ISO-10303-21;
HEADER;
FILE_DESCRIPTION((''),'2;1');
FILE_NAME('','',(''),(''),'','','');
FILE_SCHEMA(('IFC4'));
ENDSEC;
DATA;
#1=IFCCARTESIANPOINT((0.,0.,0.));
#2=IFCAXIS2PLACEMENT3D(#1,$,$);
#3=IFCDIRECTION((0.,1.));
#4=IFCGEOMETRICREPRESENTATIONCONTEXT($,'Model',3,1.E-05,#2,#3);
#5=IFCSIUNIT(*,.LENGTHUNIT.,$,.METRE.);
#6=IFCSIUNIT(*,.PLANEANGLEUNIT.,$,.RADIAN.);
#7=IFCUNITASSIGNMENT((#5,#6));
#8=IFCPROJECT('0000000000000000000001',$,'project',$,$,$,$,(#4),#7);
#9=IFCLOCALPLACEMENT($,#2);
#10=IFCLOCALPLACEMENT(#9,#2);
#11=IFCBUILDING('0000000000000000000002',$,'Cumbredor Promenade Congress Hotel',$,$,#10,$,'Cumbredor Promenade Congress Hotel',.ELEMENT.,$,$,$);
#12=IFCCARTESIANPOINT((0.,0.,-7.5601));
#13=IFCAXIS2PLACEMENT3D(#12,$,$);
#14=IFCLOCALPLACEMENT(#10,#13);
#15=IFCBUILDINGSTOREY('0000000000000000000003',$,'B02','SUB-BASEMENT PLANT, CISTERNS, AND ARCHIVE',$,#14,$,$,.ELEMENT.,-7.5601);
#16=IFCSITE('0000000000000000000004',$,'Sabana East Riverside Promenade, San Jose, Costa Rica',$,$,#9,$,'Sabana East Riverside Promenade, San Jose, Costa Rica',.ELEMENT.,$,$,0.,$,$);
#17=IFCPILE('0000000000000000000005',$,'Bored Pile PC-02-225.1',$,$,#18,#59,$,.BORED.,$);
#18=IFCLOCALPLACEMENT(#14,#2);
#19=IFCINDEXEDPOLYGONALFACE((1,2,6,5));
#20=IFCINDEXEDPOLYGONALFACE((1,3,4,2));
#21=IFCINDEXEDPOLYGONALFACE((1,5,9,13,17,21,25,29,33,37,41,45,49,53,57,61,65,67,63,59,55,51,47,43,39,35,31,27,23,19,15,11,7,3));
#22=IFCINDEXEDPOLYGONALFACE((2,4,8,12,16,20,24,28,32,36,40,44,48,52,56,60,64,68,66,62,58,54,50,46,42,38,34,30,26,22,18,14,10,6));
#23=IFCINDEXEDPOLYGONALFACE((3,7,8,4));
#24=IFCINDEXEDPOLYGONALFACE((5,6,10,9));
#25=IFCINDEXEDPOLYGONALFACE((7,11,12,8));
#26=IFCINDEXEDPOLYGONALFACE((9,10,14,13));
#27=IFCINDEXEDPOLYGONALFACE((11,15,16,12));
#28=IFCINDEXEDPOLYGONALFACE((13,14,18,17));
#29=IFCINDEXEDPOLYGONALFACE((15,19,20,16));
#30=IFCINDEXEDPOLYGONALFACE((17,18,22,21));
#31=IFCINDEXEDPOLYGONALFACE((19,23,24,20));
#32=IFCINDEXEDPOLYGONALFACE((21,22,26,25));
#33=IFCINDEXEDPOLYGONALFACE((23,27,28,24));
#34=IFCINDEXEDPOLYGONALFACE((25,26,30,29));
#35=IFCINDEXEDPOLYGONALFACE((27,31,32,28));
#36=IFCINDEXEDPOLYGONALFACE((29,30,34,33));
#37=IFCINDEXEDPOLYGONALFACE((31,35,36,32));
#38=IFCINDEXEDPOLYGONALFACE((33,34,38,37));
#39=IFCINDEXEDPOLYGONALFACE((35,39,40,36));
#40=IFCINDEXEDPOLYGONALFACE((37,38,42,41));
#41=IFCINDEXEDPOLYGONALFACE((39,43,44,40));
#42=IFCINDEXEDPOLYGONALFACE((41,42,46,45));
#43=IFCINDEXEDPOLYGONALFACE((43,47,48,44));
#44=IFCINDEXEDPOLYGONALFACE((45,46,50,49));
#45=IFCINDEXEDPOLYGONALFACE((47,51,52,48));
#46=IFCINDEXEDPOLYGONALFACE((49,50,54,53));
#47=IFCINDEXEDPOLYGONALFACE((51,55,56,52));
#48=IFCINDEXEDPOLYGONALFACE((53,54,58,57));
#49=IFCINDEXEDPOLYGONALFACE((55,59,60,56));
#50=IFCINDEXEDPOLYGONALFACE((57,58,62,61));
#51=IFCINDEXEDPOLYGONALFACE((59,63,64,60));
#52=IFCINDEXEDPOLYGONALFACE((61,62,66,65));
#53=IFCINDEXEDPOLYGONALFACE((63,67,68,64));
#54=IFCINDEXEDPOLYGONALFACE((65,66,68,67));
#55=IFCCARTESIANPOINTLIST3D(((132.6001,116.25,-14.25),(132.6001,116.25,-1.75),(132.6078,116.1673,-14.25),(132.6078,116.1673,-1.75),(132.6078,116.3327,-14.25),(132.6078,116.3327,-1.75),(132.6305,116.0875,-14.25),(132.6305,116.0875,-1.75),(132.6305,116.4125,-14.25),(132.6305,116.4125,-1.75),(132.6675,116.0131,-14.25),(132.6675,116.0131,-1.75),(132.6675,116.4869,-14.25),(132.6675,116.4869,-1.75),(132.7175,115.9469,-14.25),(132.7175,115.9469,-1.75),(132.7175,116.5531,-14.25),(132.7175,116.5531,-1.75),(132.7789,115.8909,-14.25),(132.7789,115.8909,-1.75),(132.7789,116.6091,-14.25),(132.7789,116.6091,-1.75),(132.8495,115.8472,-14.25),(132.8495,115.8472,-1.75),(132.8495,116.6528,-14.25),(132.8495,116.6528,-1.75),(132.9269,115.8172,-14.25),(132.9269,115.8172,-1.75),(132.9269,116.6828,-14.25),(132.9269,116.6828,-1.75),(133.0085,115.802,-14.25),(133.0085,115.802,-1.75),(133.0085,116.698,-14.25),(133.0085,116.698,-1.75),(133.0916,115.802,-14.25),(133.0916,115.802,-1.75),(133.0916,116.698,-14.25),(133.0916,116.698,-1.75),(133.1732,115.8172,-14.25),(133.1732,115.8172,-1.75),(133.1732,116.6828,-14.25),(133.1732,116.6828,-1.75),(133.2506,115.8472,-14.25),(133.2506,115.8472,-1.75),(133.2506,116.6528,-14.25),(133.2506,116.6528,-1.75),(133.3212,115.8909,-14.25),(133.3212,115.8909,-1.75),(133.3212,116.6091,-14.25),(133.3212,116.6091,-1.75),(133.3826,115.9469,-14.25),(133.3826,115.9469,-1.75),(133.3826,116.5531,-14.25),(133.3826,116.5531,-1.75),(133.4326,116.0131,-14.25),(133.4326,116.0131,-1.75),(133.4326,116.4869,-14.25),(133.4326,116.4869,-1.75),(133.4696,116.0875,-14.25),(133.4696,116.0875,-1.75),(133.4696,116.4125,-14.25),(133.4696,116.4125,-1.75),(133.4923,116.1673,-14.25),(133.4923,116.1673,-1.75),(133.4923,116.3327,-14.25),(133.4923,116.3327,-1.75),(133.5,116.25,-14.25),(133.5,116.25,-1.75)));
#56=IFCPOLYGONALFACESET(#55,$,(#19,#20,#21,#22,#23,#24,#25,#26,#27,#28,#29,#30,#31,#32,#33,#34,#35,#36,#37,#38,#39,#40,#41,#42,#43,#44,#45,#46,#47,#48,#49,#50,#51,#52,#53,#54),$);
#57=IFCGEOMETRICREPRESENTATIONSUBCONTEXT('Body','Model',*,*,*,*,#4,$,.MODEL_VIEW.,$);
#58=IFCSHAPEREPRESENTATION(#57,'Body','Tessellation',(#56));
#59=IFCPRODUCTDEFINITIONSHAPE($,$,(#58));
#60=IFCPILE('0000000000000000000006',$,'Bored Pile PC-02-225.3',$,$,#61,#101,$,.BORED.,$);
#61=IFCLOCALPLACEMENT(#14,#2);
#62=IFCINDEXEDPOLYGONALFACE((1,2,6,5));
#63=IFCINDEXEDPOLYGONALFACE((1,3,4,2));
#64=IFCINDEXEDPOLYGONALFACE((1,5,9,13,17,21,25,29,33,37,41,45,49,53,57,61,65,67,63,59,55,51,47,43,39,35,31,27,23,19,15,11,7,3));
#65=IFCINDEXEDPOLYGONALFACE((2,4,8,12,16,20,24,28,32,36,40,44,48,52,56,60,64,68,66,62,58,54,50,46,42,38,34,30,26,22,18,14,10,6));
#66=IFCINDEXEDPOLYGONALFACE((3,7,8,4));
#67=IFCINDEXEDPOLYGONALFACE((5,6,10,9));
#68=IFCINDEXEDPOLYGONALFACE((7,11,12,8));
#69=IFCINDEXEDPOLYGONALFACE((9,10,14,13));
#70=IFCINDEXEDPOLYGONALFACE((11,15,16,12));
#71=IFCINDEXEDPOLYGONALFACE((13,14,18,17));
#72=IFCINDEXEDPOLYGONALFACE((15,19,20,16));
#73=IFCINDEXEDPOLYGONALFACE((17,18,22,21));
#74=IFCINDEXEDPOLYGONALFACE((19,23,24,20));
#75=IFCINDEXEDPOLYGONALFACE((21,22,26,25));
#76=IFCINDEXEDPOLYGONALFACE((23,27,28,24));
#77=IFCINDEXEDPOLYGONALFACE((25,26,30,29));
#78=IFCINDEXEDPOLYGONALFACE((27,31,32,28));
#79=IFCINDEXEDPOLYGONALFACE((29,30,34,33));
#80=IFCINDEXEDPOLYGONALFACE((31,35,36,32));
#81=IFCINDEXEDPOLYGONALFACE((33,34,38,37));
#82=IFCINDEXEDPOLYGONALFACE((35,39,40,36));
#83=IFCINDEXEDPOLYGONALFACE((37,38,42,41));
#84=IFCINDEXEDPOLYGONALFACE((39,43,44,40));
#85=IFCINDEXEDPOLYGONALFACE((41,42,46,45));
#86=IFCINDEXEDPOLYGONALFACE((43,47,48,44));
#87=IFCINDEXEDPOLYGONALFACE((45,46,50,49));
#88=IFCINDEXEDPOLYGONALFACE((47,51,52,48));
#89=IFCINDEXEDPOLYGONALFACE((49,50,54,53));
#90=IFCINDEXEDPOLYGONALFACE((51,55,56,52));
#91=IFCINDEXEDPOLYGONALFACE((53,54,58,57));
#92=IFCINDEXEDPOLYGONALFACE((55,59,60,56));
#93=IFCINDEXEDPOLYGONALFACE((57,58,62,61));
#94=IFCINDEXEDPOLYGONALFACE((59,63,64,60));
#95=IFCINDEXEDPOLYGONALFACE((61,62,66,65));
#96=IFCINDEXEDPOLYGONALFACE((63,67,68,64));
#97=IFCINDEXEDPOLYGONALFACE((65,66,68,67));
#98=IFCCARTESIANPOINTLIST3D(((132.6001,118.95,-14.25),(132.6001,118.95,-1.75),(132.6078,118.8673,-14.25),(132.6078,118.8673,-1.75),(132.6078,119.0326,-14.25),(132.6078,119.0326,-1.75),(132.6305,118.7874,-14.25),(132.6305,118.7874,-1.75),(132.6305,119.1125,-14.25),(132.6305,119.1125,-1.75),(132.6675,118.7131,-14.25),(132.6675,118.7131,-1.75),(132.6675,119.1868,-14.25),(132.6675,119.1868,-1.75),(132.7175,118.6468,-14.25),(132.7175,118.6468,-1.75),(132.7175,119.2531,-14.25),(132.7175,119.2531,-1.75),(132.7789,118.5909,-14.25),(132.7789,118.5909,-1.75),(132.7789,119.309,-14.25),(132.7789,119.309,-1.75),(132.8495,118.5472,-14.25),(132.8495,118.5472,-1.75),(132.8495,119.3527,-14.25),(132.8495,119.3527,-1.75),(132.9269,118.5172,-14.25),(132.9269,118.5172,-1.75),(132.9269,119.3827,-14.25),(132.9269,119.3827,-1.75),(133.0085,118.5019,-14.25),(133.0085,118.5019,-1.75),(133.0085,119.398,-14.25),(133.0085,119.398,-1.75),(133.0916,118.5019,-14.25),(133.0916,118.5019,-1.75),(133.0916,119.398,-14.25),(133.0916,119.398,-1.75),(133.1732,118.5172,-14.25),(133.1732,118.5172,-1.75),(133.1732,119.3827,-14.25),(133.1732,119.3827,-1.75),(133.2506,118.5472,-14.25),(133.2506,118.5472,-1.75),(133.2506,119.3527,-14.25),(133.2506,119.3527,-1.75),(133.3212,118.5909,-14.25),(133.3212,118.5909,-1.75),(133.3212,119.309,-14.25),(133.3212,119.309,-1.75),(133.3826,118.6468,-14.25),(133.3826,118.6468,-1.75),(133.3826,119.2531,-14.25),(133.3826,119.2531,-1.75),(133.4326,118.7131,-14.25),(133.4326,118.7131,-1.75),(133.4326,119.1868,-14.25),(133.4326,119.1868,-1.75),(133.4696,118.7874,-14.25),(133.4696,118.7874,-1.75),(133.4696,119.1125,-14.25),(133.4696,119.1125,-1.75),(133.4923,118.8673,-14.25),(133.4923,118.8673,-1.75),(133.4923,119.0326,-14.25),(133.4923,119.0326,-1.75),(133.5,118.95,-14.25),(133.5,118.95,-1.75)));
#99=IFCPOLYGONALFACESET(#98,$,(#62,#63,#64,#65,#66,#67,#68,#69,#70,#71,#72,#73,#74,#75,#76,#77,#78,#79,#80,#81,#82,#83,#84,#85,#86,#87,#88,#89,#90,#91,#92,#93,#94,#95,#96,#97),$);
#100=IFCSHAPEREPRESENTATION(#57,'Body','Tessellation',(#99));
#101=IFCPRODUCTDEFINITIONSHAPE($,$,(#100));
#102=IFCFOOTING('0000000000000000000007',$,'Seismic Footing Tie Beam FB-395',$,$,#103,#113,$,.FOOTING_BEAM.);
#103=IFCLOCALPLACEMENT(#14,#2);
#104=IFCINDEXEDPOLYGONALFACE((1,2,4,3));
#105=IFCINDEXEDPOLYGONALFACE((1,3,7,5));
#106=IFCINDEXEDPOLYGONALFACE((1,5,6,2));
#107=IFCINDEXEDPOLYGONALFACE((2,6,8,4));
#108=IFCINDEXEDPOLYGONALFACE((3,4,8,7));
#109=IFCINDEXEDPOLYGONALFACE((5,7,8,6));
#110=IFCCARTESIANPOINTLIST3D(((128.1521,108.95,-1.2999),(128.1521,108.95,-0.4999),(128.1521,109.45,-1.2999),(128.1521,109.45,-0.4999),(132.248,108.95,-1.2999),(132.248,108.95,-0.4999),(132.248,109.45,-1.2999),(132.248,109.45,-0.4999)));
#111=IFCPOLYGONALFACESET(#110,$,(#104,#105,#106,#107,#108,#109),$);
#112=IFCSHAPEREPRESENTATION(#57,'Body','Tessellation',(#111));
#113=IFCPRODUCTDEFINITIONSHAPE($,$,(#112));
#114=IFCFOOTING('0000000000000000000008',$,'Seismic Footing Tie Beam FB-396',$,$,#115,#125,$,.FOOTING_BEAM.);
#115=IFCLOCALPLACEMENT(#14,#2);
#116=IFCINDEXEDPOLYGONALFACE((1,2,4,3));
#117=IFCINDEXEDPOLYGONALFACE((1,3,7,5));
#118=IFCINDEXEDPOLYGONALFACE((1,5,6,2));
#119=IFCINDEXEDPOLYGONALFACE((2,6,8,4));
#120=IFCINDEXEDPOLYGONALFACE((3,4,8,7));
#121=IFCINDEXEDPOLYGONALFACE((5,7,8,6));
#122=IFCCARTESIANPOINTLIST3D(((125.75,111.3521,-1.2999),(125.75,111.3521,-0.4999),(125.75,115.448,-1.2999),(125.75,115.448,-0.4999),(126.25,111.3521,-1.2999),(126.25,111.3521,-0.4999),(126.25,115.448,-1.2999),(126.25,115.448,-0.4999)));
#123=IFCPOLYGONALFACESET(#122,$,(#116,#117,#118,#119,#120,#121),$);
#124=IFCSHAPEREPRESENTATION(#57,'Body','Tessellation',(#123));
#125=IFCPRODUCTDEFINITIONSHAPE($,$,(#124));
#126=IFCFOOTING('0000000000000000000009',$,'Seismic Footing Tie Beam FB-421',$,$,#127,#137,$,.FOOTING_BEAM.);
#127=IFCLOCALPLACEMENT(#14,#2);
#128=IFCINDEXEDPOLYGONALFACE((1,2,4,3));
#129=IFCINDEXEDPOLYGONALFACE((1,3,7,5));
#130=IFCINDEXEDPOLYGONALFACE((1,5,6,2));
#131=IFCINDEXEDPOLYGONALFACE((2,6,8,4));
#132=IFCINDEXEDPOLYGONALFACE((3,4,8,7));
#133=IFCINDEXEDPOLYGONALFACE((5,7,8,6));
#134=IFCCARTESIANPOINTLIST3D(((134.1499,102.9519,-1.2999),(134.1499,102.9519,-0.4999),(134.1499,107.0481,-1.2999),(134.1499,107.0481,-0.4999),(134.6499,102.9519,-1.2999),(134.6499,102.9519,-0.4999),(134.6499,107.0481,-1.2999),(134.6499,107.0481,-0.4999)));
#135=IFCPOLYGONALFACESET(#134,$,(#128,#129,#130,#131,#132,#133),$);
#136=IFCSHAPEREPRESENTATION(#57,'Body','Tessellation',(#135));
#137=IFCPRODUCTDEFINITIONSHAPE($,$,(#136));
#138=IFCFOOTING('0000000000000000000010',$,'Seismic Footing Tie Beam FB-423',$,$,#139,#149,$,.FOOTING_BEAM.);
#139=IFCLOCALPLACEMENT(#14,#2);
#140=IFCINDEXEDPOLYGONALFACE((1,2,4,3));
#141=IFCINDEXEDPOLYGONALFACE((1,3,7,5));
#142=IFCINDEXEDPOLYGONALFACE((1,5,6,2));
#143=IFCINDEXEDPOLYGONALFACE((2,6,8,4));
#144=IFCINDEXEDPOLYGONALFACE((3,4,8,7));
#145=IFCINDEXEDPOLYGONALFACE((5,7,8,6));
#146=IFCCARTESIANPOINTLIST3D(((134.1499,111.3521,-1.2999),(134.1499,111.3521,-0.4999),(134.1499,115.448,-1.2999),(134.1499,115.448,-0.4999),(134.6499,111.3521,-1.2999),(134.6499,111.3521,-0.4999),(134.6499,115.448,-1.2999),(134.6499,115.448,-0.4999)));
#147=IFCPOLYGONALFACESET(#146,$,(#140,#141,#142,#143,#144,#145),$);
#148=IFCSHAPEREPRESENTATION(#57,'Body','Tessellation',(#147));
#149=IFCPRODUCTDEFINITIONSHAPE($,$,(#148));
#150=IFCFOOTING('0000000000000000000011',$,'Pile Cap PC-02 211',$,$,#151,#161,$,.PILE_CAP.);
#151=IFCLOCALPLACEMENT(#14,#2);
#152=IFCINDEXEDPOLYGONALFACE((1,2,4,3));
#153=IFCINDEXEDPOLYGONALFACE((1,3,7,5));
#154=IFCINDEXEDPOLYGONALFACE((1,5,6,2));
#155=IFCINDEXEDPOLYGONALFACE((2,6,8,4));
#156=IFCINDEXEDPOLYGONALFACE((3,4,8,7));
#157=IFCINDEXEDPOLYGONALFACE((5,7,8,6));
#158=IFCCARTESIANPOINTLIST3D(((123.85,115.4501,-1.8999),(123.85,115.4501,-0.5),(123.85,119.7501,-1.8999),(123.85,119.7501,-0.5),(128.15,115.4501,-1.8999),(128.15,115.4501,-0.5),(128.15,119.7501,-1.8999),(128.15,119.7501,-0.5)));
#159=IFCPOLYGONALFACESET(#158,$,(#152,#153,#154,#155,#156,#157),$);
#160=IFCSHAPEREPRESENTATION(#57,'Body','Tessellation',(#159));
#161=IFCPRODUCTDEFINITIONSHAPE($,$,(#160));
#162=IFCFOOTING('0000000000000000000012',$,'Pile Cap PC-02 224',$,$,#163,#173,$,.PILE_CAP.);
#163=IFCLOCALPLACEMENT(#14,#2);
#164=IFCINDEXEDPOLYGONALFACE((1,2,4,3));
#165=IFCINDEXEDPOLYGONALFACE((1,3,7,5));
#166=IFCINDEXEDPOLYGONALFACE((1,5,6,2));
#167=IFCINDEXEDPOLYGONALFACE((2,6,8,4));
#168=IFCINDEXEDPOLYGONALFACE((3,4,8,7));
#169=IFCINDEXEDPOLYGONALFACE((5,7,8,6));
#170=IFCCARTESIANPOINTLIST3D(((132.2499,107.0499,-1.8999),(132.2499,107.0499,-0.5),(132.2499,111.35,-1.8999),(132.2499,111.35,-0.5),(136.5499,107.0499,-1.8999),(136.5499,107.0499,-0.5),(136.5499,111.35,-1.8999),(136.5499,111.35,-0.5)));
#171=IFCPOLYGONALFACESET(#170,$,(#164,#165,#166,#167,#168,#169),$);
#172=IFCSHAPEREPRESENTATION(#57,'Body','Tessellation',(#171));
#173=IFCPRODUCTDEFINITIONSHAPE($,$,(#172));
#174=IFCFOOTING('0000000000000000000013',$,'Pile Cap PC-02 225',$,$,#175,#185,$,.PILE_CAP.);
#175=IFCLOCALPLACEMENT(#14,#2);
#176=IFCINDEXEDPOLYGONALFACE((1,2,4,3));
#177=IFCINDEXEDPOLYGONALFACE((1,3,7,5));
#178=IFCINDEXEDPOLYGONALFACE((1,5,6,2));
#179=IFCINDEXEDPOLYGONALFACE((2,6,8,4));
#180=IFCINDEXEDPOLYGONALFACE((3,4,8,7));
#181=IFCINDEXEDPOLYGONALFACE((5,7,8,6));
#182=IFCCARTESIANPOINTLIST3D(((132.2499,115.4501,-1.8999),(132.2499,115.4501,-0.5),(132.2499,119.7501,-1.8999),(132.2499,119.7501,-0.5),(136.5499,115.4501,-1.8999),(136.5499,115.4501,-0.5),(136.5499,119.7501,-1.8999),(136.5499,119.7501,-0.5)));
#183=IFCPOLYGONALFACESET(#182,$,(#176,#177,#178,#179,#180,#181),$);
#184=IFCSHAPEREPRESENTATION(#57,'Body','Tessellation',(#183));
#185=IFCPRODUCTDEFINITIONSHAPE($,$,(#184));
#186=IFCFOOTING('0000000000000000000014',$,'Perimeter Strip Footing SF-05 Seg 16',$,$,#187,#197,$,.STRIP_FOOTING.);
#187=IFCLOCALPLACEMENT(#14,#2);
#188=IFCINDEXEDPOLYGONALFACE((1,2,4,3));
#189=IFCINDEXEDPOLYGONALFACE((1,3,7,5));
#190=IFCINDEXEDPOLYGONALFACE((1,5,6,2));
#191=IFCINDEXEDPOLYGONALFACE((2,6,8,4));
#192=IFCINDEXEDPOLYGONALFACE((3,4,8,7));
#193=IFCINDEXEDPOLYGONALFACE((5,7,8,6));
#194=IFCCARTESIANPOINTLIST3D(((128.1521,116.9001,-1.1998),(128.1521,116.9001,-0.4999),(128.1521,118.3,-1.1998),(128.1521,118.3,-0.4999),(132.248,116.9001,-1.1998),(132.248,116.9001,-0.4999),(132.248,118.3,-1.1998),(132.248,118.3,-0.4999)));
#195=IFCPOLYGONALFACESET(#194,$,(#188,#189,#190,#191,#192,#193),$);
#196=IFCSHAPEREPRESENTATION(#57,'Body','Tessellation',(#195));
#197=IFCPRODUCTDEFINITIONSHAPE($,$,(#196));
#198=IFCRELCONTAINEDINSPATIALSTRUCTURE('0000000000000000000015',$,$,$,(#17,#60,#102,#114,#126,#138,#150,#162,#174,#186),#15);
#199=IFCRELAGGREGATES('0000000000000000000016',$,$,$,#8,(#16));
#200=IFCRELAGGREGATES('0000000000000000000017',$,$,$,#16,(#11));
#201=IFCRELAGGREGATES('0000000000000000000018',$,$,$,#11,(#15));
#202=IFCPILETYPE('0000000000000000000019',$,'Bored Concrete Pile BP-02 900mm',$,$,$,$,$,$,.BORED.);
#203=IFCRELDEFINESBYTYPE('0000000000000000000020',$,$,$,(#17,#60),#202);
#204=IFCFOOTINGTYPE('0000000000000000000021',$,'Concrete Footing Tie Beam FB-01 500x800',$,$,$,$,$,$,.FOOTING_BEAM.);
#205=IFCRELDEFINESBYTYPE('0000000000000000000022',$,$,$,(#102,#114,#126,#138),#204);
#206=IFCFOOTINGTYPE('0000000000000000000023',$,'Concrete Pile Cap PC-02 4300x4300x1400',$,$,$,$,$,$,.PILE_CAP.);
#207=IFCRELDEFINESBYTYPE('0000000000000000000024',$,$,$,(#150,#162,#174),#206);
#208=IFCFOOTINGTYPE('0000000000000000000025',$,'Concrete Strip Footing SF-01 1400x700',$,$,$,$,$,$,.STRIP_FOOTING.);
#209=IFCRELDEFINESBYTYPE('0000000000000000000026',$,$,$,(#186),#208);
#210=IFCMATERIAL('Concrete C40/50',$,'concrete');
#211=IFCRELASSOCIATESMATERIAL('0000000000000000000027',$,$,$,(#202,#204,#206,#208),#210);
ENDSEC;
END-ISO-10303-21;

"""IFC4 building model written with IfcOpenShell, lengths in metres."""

from ifc_helpers import new_model, si_unit, direction, frame, origin, origin_2d, place, context, subcontext, project, spatial, rectangle, circle, extrude, material, material_profile, profile_set, type_object, element, save


model = new_model("IFC4")

# Units and contexts
model_context = context("Model", 3, precision=1e-05, world=origin(), true_north=direction((0.0, 1.0)))
body_context = subcontext(model_context, "Body", "Model", "MODEL_VIEW")
ifc_project = project(units=[si_unit("LENGTHUNIT", "METRE"), si_unit("PLANEANGLEUNIT", "RADIAN")], contexts=[model_context])

# Site, building, storey
site_placement = place(None, origin())
site = spatial("IfcSite", under=ifc_project, at=site_placement, Name="Sabana East Riverside Promenade, San Jose, Costa Rica", LongName="Sabana East Riverside Promenade, San Jose, Costa Rica", CompositionType="ELEMENT", RefElevation=0.0)
building_placement = place(site_placement, origin())
building = spatial("IfcBuilding", under=site, at=building_placement, Name="Cumbredor Promenade Congress Hotel", LongName="Cumbredor Promenade Congress Hotel", CompositionType="ELEMENT")
storey_placement = place(building_placement, frame((0.0, 0.0, -7.5601)))
storey = spatial("IfcBuildingStorey", under=building, at=storey_placement, Name="B02", Description="SUB-BASEMENT PLANT, CISTERNS, AND ARCHIVE", CompositionType="ELEMENT", Elevation=-7.5601)

# Piles
ifc_material_1 = material(Name="Concrete C40/50", Category="concrete")
ifc_material_profile_1 = material_profile(ifc_material_1, circle(Radius=0.45, at=origin_2d()), Name="PILE D900")
ifc_profile_set_1 = profile_set([ifc_material_profile_1], Name="Concrete C40/50")
pile_type = type_object("IfcPileType", Name="Bored Concrete Pile BP-02 900mm", PredefinedType="BORED", material=ifc_profile_set_1)
for number, where, z_axis, x_axis, name in (
    (1, (133.05, 116.25, -1.75), (0.0, 0.0, -1.0), (1.0, 0.0, 0.0), "Bored Pile PC-02-225.1"),
    (2, (133.05, 118.95, -1.75), (0.0, 0.0, -1.0), (1.0, 0.0, 0.0), "Bored Pile PC-02-225.3"),
):
    element("IfcPile", number, at=place(storey_placement, frame(where, z_axis=z_axis, x_axis=x_axis)), inside=storey, type_object=pile_type, Name=name, PredefinedType="BORED", context=body_context, shape_type="SweptSolid", body=[
        extrude(circle(Radius=0.45, at=origin_2d()), origin(), (0.0, 0.0, 1.0), 12.5),
    ])

# Footings
ifc_material_profile_2 = material_profile(ifc_material_1, rectangle(XDim=0.5, YDim=0.8, at=origin_2d()), Name="FB 500x800")
ifc_profile_set_2 = profile_set([ifc_material_profile_2], Name="Concrete C40/50")
footing_type_1 = type_object("IfcFootingType", Name="Concrete Footing Tie Beam FB-01 500x800", PredefinedType="FOOTING_BEAM", material=ifc_profile_set_2)
for number, where, z_axis, x_axis, name in (
    (3, (128.1521, 109.2, -0.8999), (1.0, 0.0, 0.0), (0.0, 1.0, 0.0), "Seismic Footing Tie Beam FB-395"),
    (4, (126.0, 111.3521, -0.8999), (0.0, 1.0, 0.0), (-1.0, 0.0, 0.0), "Seismic Footing Tie Beam FB-396"),
):
    element("IfcFooting", number, at=place(storey_placement, frame(where, z_axis=z_axis, x_axis=x_axis)), inside=storey, type_object=footing_type_1, Name=name, PredefinedType="FOOTING_BEAM", context=body_context, shape_type="SweptSolid", body=[
        extrude(rectangle(XDim=0.5, YDim=0.8, at=origin_2d()), origin(), (0.0, 0.0, 1.0), 4.0959),
    ])
footing_1_placement = place(storey_placement, frame((134.3999, 102.9519, -0.8999), z_axis=(0.0, 1.0, 0.0), x_axis=(-1.0, 0.0, 0.0)))
element("IfcFooting", 5, at=footing_1_placement, inside=storey, type_object=footing_type_1, Name="Seismic Footing Tie Beam FB-421", PredefinedType="FOOTING_BEAM", context=body_context, shape_type="SweptSolid", body=[
    extrude(rectangle(XDim=0.5, YDim=0.8, at=origin_2d()), origin(), (0.0, 0.0, 1.0), 4.0962),
])
footing_2_placement = place(storey_placement, frame((134.3999, 111.3521, -0.8999), z_axis=(0.0, 1.0, 0.0), x_axis=(-1.0, 0.0, 0.0)))
element("IfcFooting", 6, at=footing_2_placement, inside=storey, type_object=footing_type_1, Name="Seismic Footing Tie Beam FB-423", PredefinedType="FOOTING_BEAM", context=body_context, shape_type="SweptSolid", body=[
    extrude(rectangle(XDim=0.5, YDim=0.8, at=origin_2d()), origin(), (0.0, 0.0, 1.0), 4.0959),
])
footing_type_2 = type_object("IfcFootingType", Name="Concrete Pile Cap PC-02 4300x4300x1400", PredefinedType="PILE_CAP", material=ifc_material_1)
for number, where, z_axis, x_axis, name in (
    (7, (126.0, 117.6001, -1.8999), (0.0, 0.0, 1.0), (1.0, 0.0, 0.0), "Pile Cap PC-02 211"),
    (8, (134.3999, 109.2, -1.8999), (0.0, 0.0, 1.0), (1.0, 0.0, 0.0), "Pile Cap PC-02 224"),
    (9, (134.3999, 117.6001, -1.8999), (0.0, 0.0, 1.0), (1.0, 0.0, 0.0), "Pile Cap PC-02 225"),
):
    element("IfcFooting", number, at=place(storey_placement, frame(where, z_axis=z_axis, x_axis=x_axis)), inside=storey, type_object=footing_type_2, Name=name, PredefinedType="PILE_CAP", context=body_context, shape_type="SweptSolid", body=[
        extrude(rectangle(XDim=4.3, YDim=4.3, at=origin_2d()), origin(), (0.0, 0.0, 1.0), 1.3999),
    ])
ifc_material_profile_3 = material_profile(ifc_material_1, rectangle(XDim=1.3999, YDim=0.7, at=origin_2d()), Name="SF 1400x700")
ifc_profile_set_3 = profile_set([ifc_material_profile_3], Name="Concrete C40/50")
footing_type_3 = type_object("IfcFootingType", Name="Concrete Strip Footing SF-01 1400x700", PredefinedType="STRIP_FOOTING", material=ifc_profile_set_3)
footing_3_placement = place(storey_placement, frame((128.1521, 117.6001, -0.8499), z_axis=(1.0, 0.0, 0.0), x_axis=(0.0, 1.0, 0.0)))
element("IfcFooting", 10, at=footing_3_placement, inside=storey, type_object=footing_type_3, Name="Perimeter Strip Footing SF-05 Seg 16", PredefinedType="STRIP_FOOTING", context=body_context, shape_type="SweptSolid", body=[
    extrude(rectangle(XDim=1.3999, YDim=0.7, at=origin_2d()), origin(), (0.0, 0.0, 1.0), 4.0959),
])

save(model, "model.ifc")
